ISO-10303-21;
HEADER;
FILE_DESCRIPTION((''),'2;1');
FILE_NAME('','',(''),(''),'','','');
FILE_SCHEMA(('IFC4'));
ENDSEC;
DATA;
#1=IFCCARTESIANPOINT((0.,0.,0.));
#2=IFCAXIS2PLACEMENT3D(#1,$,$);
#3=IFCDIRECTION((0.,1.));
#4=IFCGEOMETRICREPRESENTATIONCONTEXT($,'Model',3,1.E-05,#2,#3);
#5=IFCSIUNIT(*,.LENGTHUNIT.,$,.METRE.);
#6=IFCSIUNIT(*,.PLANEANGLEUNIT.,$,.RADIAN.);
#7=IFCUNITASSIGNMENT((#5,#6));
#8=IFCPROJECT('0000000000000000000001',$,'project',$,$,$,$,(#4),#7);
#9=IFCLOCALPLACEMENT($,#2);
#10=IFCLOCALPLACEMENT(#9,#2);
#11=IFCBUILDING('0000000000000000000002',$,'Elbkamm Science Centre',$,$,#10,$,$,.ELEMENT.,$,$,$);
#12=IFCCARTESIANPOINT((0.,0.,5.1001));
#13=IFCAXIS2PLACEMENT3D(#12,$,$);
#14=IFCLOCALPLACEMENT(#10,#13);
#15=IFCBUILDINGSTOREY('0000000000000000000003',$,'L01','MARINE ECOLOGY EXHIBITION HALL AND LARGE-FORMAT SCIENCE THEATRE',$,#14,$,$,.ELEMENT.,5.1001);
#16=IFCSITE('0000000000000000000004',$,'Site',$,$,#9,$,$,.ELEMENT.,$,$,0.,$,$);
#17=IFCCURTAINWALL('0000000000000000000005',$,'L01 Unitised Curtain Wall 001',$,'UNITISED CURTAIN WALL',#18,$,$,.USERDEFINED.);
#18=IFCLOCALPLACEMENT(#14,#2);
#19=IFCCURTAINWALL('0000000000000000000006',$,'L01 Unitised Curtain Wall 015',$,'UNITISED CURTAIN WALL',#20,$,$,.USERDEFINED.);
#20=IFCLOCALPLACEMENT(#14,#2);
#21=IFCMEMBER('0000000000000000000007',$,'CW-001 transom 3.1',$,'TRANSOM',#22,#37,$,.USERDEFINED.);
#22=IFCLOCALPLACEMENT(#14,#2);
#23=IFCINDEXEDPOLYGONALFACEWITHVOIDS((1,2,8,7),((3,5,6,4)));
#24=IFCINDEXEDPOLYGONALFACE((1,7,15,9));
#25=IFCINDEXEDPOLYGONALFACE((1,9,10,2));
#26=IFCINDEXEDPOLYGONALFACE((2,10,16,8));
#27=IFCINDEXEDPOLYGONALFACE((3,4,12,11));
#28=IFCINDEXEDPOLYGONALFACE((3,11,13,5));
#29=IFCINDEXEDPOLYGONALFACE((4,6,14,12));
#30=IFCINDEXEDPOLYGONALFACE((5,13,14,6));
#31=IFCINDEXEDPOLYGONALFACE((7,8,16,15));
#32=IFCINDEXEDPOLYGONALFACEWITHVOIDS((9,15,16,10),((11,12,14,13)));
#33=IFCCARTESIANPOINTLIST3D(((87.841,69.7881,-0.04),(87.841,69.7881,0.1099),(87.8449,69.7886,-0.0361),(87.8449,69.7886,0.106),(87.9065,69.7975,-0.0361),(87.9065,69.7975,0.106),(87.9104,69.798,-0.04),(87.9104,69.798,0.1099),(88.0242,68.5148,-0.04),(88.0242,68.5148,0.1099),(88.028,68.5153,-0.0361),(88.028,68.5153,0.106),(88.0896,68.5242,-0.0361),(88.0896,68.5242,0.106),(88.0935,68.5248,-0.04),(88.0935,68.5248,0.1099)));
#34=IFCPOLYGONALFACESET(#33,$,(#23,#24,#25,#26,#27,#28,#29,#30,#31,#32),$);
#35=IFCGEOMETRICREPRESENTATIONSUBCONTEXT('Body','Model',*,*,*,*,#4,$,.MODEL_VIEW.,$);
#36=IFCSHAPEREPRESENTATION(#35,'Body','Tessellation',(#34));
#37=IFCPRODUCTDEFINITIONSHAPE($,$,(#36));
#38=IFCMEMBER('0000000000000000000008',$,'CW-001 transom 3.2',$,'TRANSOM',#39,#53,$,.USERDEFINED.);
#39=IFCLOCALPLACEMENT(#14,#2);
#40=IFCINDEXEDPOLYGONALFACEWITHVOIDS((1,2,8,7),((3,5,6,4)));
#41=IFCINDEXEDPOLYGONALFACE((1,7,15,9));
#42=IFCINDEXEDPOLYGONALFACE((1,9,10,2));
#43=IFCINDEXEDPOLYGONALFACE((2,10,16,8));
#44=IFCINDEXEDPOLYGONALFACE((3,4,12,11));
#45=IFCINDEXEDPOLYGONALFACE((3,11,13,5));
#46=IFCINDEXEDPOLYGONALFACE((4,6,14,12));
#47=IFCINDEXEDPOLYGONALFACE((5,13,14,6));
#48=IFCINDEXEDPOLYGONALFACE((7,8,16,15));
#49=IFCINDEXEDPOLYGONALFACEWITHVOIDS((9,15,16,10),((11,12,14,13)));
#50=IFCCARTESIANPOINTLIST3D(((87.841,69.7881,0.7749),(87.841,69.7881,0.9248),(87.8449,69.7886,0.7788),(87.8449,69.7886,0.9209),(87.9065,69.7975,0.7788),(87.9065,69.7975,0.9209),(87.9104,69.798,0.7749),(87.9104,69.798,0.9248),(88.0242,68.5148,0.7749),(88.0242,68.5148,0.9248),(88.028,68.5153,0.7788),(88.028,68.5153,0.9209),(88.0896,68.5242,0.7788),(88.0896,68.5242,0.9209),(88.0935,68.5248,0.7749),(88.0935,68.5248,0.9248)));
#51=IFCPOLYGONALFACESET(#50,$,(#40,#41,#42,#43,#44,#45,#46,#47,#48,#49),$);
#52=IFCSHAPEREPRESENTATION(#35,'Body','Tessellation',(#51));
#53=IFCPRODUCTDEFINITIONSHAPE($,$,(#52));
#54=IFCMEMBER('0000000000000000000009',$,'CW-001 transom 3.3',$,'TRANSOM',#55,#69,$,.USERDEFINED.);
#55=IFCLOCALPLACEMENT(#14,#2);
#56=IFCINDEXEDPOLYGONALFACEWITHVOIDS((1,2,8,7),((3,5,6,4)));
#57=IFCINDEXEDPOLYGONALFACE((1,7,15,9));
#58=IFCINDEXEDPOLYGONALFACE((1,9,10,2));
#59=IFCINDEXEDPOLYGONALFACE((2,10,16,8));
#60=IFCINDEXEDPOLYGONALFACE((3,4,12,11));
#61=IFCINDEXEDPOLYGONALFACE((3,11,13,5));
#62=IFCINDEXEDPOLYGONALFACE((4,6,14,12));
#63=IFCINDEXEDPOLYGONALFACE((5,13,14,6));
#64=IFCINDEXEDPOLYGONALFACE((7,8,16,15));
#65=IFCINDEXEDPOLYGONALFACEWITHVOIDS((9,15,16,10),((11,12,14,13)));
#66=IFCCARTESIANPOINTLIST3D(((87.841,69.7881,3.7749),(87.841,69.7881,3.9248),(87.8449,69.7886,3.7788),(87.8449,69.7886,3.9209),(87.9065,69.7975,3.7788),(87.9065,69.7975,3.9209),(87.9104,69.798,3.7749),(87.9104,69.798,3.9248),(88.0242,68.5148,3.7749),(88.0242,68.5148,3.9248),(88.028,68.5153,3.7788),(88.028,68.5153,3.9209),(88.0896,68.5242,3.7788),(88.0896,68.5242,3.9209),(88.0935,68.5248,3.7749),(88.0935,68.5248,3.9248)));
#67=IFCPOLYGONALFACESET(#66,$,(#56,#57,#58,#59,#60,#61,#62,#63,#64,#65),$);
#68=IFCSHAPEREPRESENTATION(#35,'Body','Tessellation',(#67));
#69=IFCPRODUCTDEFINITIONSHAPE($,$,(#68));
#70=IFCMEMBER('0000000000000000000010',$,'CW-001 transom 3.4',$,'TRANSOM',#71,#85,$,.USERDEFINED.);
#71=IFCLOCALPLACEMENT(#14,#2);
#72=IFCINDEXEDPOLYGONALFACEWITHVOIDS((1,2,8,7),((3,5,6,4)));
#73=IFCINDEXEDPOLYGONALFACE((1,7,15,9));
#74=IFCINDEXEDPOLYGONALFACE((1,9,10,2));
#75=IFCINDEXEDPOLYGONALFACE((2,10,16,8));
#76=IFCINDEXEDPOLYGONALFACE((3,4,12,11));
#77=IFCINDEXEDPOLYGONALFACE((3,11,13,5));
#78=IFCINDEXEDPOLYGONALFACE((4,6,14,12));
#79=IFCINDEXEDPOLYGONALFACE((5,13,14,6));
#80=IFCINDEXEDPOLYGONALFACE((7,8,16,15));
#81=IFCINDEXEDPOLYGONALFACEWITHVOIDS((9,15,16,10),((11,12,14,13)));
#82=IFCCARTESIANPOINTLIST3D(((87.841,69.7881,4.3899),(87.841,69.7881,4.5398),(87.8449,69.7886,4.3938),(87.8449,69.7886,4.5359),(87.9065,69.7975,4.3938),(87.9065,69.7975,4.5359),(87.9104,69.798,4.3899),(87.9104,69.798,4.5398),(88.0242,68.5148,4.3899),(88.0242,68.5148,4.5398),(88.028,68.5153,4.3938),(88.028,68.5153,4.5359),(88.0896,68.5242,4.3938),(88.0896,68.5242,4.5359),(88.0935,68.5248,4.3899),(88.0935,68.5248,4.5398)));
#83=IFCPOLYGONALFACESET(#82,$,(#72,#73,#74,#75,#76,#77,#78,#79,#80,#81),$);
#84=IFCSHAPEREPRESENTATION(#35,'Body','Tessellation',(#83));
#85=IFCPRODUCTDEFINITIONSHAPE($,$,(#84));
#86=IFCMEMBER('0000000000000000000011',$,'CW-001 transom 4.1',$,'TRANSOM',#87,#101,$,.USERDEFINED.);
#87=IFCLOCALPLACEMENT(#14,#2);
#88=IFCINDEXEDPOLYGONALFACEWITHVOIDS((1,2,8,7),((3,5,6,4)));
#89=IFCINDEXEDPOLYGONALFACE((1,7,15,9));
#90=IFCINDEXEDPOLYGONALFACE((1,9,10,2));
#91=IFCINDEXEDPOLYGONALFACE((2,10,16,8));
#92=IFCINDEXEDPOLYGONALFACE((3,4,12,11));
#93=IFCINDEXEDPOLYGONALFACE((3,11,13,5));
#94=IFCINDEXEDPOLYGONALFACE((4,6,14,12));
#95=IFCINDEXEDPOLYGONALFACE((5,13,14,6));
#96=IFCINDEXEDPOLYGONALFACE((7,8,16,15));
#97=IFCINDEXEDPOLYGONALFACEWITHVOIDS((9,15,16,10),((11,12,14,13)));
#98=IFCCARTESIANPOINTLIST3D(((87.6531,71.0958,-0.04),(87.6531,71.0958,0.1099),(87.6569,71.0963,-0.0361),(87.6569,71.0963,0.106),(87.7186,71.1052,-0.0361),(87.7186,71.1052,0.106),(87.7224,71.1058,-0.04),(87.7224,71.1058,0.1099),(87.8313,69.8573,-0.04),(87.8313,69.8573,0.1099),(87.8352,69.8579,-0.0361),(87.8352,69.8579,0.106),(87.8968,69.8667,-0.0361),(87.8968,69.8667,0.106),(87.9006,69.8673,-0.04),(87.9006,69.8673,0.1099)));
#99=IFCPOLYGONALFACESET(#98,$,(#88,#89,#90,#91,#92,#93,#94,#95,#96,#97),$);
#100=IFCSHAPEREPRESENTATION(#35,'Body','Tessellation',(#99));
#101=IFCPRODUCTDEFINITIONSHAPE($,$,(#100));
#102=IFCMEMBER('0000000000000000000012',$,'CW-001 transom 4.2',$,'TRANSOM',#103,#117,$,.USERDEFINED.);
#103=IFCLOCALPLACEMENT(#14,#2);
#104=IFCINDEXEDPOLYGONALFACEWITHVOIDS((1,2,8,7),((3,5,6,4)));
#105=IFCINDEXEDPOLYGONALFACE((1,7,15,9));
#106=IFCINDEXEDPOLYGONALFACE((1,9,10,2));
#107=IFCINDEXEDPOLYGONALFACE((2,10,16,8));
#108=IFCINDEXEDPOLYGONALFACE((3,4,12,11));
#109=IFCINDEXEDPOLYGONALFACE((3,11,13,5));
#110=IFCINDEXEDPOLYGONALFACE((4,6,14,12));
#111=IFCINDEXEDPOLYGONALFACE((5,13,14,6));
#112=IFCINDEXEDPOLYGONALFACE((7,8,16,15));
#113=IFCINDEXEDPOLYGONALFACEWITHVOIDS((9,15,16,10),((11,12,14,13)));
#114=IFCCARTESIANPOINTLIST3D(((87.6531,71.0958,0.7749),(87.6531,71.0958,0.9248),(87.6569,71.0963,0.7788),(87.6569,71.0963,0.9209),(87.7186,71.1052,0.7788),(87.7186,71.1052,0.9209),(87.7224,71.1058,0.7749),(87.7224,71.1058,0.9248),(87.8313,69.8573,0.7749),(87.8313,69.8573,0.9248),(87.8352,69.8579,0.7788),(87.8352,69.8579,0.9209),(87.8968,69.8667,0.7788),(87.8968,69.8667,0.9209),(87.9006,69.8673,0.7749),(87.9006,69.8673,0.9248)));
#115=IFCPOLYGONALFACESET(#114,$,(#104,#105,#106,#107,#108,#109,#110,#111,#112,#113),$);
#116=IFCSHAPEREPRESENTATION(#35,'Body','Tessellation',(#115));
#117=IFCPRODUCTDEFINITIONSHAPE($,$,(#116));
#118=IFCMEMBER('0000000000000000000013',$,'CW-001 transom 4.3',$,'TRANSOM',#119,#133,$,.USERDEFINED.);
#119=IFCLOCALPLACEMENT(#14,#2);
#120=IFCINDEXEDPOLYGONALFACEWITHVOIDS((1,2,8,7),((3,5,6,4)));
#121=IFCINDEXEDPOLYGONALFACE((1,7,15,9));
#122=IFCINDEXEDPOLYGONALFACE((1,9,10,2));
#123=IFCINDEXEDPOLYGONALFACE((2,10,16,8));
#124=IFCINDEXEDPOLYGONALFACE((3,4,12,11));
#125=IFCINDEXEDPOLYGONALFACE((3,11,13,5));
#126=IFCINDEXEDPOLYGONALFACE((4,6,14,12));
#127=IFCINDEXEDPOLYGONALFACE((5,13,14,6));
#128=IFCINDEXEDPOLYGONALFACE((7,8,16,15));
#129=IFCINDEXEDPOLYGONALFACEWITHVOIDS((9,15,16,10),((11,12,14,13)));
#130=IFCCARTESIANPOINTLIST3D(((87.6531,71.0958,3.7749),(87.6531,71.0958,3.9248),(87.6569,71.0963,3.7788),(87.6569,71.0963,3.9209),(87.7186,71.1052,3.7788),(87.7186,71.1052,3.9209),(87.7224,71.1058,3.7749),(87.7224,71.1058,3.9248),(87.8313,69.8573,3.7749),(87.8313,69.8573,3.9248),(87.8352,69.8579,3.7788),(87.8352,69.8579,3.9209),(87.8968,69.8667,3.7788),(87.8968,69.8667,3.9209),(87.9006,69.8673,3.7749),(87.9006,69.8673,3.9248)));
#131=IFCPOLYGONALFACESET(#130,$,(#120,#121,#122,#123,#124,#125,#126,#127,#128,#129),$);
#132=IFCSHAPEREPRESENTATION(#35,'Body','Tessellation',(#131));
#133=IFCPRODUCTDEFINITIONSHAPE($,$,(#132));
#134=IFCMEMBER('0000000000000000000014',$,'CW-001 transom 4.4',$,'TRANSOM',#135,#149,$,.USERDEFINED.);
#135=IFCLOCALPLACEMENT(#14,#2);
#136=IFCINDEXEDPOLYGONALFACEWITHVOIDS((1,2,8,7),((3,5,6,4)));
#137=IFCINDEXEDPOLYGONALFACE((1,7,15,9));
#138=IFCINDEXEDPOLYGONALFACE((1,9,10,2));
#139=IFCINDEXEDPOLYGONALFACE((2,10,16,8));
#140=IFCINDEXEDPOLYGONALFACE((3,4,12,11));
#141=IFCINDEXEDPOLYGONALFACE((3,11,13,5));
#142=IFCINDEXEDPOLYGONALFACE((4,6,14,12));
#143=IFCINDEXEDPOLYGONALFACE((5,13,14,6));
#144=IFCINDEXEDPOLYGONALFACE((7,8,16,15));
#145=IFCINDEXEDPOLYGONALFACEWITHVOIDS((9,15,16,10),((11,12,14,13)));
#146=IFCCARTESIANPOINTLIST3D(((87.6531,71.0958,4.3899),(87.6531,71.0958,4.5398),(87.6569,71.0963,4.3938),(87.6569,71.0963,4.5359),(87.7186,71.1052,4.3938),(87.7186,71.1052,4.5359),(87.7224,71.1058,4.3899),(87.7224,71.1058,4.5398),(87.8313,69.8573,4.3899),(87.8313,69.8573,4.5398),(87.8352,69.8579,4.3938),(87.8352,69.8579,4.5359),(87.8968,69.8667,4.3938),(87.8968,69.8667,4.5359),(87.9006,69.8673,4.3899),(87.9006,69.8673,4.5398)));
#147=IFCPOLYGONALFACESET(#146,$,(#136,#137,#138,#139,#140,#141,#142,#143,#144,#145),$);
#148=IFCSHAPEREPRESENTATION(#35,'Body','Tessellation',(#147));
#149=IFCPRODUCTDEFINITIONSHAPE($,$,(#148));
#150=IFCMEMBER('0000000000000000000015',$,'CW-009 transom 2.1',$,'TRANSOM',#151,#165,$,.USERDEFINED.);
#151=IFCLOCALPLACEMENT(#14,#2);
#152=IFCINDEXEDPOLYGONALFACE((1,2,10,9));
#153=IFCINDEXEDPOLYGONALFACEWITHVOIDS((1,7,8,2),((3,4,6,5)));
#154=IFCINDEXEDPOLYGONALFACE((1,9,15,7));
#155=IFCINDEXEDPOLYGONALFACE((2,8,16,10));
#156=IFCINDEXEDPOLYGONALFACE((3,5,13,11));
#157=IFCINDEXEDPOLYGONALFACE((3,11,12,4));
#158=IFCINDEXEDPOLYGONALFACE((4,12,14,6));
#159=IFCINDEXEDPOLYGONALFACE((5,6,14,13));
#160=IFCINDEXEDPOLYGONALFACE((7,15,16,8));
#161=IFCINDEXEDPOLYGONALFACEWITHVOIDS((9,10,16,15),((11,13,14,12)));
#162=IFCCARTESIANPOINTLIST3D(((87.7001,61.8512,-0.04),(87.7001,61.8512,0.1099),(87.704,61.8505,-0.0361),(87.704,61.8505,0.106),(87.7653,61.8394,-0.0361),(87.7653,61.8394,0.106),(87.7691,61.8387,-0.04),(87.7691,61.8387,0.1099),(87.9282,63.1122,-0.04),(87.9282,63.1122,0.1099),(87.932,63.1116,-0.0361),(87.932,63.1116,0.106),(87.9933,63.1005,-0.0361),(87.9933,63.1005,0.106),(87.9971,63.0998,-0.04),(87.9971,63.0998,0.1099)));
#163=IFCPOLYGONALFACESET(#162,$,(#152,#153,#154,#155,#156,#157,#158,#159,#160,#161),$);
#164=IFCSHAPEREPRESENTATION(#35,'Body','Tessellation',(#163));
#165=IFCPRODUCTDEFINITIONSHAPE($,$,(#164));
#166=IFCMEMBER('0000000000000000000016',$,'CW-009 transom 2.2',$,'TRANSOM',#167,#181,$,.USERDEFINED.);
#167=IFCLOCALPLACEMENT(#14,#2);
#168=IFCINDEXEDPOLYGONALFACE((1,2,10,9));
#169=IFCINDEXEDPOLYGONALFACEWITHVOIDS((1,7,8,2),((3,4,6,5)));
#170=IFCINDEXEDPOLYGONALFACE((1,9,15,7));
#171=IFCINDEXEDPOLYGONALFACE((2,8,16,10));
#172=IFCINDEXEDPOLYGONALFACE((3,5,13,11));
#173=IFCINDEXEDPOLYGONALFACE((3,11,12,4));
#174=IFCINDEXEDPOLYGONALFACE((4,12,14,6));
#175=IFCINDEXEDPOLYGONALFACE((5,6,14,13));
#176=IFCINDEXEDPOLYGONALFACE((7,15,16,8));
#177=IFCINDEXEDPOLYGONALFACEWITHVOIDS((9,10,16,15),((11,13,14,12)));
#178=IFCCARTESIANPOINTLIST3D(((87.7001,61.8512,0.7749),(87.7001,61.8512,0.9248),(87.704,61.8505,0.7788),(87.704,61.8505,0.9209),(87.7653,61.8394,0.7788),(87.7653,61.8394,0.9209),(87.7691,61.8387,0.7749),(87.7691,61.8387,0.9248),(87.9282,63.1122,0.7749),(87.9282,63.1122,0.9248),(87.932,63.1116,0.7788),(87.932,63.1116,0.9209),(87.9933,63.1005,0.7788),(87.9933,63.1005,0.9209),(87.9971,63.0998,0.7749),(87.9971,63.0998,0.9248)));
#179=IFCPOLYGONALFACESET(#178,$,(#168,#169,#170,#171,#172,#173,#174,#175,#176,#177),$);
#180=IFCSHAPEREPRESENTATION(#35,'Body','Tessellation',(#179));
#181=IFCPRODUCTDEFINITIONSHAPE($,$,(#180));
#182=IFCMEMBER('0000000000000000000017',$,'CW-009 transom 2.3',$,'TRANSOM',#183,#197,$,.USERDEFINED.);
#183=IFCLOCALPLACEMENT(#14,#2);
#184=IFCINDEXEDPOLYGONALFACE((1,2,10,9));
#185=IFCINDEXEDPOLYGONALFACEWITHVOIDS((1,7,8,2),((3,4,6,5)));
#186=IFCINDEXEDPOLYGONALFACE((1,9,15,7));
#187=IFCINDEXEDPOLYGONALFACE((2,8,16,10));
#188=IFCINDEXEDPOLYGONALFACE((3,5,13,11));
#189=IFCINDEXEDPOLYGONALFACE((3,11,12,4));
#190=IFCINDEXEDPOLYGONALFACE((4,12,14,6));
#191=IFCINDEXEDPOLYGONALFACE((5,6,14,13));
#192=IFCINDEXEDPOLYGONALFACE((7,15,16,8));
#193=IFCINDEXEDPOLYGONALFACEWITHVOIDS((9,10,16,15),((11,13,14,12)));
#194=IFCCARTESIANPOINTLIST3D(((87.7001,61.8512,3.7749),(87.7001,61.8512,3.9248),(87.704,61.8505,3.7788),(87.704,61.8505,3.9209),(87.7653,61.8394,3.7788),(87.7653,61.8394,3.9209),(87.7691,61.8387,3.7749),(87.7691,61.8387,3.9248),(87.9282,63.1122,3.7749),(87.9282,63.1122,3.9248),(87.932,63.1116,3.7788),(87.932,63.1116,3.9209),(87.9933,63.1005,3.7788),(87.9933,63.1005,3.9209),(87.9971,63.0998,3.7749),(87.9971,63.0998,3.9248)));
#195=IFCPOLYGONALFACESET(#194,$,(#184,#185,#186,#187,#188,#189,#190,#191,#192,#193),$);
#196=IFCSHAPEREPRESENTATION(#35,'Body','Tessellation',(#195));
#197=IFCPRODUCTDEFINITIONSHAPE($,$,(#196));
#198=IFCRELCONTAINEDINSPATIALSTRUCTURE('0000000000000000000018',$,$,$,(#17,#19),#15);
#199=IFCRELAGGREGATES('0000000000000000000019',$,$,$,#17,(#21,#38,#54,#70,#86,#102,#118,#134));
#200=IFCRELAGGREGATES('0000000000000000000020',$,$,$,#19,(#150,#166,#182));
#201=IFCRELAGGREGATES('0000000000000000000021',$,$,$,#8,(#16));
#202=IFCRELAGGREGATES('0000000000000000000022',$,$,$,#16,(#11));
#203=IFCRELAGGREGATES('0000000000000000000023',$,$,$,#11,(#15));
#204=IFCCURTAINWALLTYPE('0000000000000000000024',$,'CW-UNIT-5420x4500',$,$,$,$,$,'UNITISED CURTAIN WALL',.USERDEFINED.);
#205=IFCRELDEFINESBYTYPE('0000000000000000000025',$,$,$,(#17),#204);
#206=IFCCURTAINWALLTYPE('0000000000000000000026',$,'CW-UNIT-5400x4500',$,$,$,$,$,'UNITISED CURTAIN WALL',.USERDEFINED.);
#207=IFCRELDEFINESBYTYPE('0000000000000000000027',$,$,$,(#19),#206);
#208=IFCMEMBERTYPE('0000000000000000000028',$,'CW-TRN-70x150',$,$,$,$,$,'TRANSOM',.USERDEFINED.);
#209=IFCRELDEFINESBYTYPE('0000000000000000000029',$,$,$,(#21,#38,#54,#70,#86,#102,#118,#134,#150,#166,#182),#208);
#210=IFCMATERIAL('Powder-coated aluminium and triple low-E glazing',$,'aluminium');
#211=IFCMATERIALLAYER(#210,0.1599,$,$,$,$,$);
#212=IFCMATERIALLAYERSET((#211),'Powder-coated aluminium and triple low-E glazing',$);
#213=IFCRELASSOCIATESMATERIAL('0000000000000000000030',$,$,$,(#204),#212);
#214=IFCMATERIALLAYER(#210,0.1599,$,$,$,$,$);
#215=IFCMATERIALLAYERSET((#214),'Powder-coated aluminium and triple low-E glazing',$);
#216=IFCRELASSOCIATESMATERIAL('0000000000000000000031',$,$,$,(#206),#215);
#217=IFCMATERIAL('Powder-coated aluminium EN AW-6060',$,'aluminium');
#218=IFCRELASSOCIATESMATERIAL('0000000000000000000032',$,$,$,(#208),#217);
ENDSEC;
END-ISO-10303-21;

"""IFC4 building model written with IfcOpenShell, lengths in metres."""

from ifc_helpers import new_model, si_unit, direction, frame, origin, origin_2d, place, context, subcontext, project, spatial, hollow_rectangle, extrude, material, layer, layer_set, material_profile, profile_set, type_object, element, aggregate, save


model = new_model("IFC4")

# Units and contexts
model_context = context("Model", 3, precision=1e-05, world=origin(), true_north=direction((0.0, 1.0)))
body_context = subcontext(model_context, "Body", "Model", "MODEL_VIEW")
ifc_project = project(units=[si_unit("LENGTHUNIT", "METRE"), si_unit("PLANEANGLEUNIT", "RADIAN")], contexts=[model_context])

# Site, building, storey
site_placement = place(None, origin())
site = spatial("IfcSite", under=ifc_project, at=site_placement, Name="Site", CompositionType="ELEMENT", RefElevation=0.0)
building_placement = place(site_placement, origin())
building = spatial("IfcBuilding", under=site, at=building_placement, Name="Elbkamm Science Centre", CompositionType="ELEMENT")
storey_placement = place(building_placement, frame((0.0, 0.0, 5.1001)))
storey = spatial("IfcBuildingStorey", under=building, at=storey_placement, Name="L01", Description="MARINE ECOLOGY EXHIBITION HALL AND LARGE-FORMAT SCIENCE THEATRE", CompositionType="ELEMENT", Elevation=5.1001)

# Curtain walls
ifc_material_1 = material(Name="Powder-coated aluminium and triple low-E glazing", Category="aluminium")
ifc_layer_1 = layer(ifc_material_1, 0.1599)
ifc_layer_set_1 = layer_set([ifc_layer_1], Name="Powder-coated aluminium and triple low-E glazing")
curtain_wall_type_1 = type_object("IfcCurtainWallType", Name="CW-UNIT-5420x4500", ElementType="UNITISED CURTAIN WALL", PredefinedType="USERDEFINED", material=ifc_layer_set_1)
curtain_wall_1_placement = place(storey_placement, origin())
curtain_wall_1 = element("IfcCurtainWall", 1, at=curtain_wall_1_placement, inside=storey, type_object=curtain_wall_type_1, Name="L01 Unitised Curtain Wall 001", ObjectType="UNITISED CURTAIN WALL", PredefinedType="USERDEFINED")
ifc_material_2 = material(Name="Powder-coated aluminium EN AW-6060", Category="aluminium")
ifc_layer_2 = layer(ifc_material_1, 0.1599)
ifc_layer_set_2 = layer_set([ifc_layer_2], Name="Powder-coated aluminium and triple low-E glazing")
curtain_wall_type_2 = type_object("IfcCurtainWallType", Name="CW-UNIT-5400x4500", ElementType="UNITISED CURTAIN WALL", PredefinedType="USERDEFINED", material=ifc_layer_set_2)
curtain_wall_2_placement = place(storey_placement, origin())
curtain_wall_2 = element("IfcCurtainWall", 2, at=curtain_wall_2_placement, inside=storey, type_object=curtain_wall_type_2, Name="L01 Unitised Curtain Wall 015", ObjectType="UNITISED CURTAIN WALL", PredefinedType="USERDEFINED")

# Members
ifc_material_profile_1 = material_profile(ifc_material_2, hollow_rectangle(XDim=0.0701, YDim=0.1499, WallThickness=0.0039, at=origin_2d()), Name="ALU T70x150")
ifc_profile_set_1 = profile_set([ifc_material_profile_1], Name="Powder-coated aluminium EN AW-6060")
member_type_1 = type_object("IfcMemberType", Name="CW-TRN-70x150", ElementType="TRANSOM", PredefinedType="USERDEFINED", material=ifc_profile_set_1)
member_1_placement = place(storey_placement, frame((88.0588, 68.5198, 0.0349), z_axis=(-0.142351, 0.989816, 0.0), x_axis=(-0.989816, -0.142351, 0.0)))
member_1 = element("IfcMember", 3, at=member_1_placement, type_object=member_type_1, Name="CW-001 transom 3.1", ObjectType="TRANSOM", PredefinedType="USERDEFINED", context=body_context, shape_type="SweptSolid", body=[
    extrude(hollow_rectangle(XDim=0.0701, YDim=0.1499, WallThickness=0.0039, at=origin_2d()), origin(), (0.0, 0.0, 1.0), 1.2864),
])
member_2_placement = place(storey_placement, frame((88.0588, 68.5198, 0.8499), z_axis=(-0.142351, 0.989816, 0.0), x_axis=(-0.989816, -0.142351, 0.0)))
member_2 = element("IfcMember", 4, at=member_2_placement, type_object=member_type_1, Name="CW-001 transom 3.2", ObjectType="TRANSOM", PredefinedType="USERDEFINED", context=body_context, shape_type="SweptSolid", body=[
    extrude(hollow_rectangle(XDim=0.0701, YDim=0.1499, WallThickness=0.0039, at=origin_2d()), origin(), (0.0, 0.0, 1.0), 1.2864),
])
member_3_placement = place(storey_placement, frame((88.0588, 68.5198, 3.8499), z_axis=(-0.142351, 0.989816, 0.0), x_axis=(-0.989816, -0.142351, 0.0)))
member_3 = element("IfcMember", 5, at=member_3_placement, type_object=member_type_1, Name="CW-001 transom 3.3", ObjectType="TRANSOM", PredefinedType="USERDEFINED", context=body_context, shape_type="SweptSolid", body=[
    extrude(hollow_rectangle(XDim=0.0701, YDim=0.1499, WallThickness=0.0039, at=origin_2d()), origin(), (0.0, 0.0, 1.0), 1.2864),
])
member_4_placement = place(storey_placement, frame((88.0588, 68.5198, 4.4648), z_axis=(-0.142351, 0.989816, 0.0), x_axis=(-0.989816, -0.142351, 0.0)))
member_4 = element("IfcMember", 6, at=member_4_placement, type_object=member_type_1, Name="CW-001 transom 3.4", ObjectType="TRANSOM", PredefinedType="USERDEFINED", context=body_context, shape_type="SweptSolid", body=[
    extrude(hollow_rectangle(XDim=0.0701, YDim=0.1499, WallThickness=0.0039, at=origin_2d()), origin(), (0.0, 0.0, 1.0), 1.2864),
])
member_5_placement = place(storey_placement, frame((87.866, 69.8623, 0.0349), z_axis=(-0.142432, 0.989805, 0.0), x_axis=(-0.989805, -0.142432, 0.0)))
member_5 = element("IfcMember", 7, at=member_5_placement, type_object=member_type_1, Name="CW-001 transom 4.1", ObjectType="TRANSOM", PredefinedType="USERDEFINED", context=body_context, shape_type="SweptSolid", body=[
    extrude(hollow_rectangle(XDim=0.0701, YDim=0.1499, WallThickness=0.0039, at=origin_2d()), origin(), (0.0, 0.0, 1.0), 1.2512),
])
member_6_placement = place(storey_placement, frame((87.866, 69.8623, 0.8499), z_axis=(-0.142432, 0.989805, 0.0), x_axis=(-0.989805, -0.142432, 0.0)))
member_6 = element("IfcMember", 8, at=member_6_placement, type_object=member_type_1, Name="CW-001 transom 4.2", ObjectType="TRANSOM", PredefinedType="USERDEFINED", context=body_context, shape_type="SweptSolid", body=[
    extrude(hollow_rectangle(XDim=0.0701, YDim=0.1499, WallThickness=0.0039, at=origin_2d()), origin(), (0.0, 0.0, 1.0), 1.2512),
])
member_7_placement = place(storey_placement, frame((87.866, 69.8623, 3.8499), z_axis=(-0.142432, 0.989805, 0.0), x_axis=(-0.989805, -0.142432, 0.0)))
member_7 = element("IfcMember", 9, at=member_7_placement, type_object=member_type_1, Name="CW-001 transom 4.3", ObjectType="TRANSOM", PredefinedType="USERDEFINED", context=body_context, shape_type="SweptSolid", body=[
    extrude(hollow_rectangle(XDim=0.0701, YDim=0.1499, WallThickness=0.0039, at=origin_2d()), origin(), (0.0, 0.0, 1.0), 1.2512),
])
member_8_placement = place(storey_placement, frame((87.866, 69.8623, 4.4648), z_axis=(-0.142432, 0.989805, 0.0), x_axis=(-0.989805, -0.142432, 0.0)))
member_8 = element("IfcMember", 10, at=member_8_placement, type_object=member_type_1, Name="CW-001 transom 4.4", ObjectType="TRANSOM", PredefinedType="USERDEFINED", context=body_context, shape_type="SweptSolid", body=[
    extrude(hollow_rectangle(XDim=0.0701, YDim=0.1499, WallThickness=0.0039, at=origin_2d()), origin(), (0.0, 0.0, 1.0), 1.2512),
])
member_9_placement = place(storey_placement, frame((87.7346, 61.845, 0.0349), z_axis=(0.177946, 0.98404, 0.0), x_axis=(-0.98404, 0.177946, 0.0)))
member_9 = element("IfcMember", 11, at=member_9_placement, type_object=member_type_1, Name="CW-009 transom 2.1", ObjectType="TRANSOM", PredefinedType="USERDEFINED", context=body_context, shape_type="SweptSolid", body=[
    extrude(hollow_rectangle(XDim=0.0701, YDim=0.1499, WallThickness=0.0039, at=origin_2d()), origin(), (0.0, 0.0, 1.0), 1.2815),
])
member_10_placement = place(storey_placement, frame((87.7346, 61.845, 0.8499), z_axis=(0.177946, 0.98404, 0.0), x_axis=(-0.98404, 0.177946, 0.0)))
member_10 = element("IfcMember", 12, at=member_10_placement, type_object=member_type_1, Name="CW-009 transom 2.2", ObjectType="TRANSOM", PredefinedType="USERDEFINED", context=body_context, shape_type="SweptSolid", body=[
    extrude(hollow_rectangle(XDim=0.0701, YDim=0.1499, WallThickness=0.0039, at=origin_2d()), origin(), (0.0, 0.0, 1.0), 1.2815),
])
member_11_placement = place(storey_placement, frame((87.7346, 61.845, 3.8499), z_axis=(0.177946, 0.98404, 0.0), x_axis=(-0.98404, 0.177946, 0.0)))
member_11 = element("IfcMember", 13, at=member_11_placement, type_object=member_type_1, Name="CW-009 transom 2.3", ObjectType="TRANSOM", PredefinedType="USERDEFINED", context=body_context, shape_type="SweptSolid", body=[
    extrude(hollow_rectangle(XDim=0.0701, YDim=0.1499, WallThickness=0.0039, at=origin_2d()), origin(), (0.0, 0.0, 1.0), 1.2815),
])

aggregate(curtain_wall_1, [member_1, member_2, member_3, member_4, member_5, member_6, member_7, member_8])
aggregate(curtain_wall_2, [member_9, member_10, member_11])

save(model, "model.ifc")
